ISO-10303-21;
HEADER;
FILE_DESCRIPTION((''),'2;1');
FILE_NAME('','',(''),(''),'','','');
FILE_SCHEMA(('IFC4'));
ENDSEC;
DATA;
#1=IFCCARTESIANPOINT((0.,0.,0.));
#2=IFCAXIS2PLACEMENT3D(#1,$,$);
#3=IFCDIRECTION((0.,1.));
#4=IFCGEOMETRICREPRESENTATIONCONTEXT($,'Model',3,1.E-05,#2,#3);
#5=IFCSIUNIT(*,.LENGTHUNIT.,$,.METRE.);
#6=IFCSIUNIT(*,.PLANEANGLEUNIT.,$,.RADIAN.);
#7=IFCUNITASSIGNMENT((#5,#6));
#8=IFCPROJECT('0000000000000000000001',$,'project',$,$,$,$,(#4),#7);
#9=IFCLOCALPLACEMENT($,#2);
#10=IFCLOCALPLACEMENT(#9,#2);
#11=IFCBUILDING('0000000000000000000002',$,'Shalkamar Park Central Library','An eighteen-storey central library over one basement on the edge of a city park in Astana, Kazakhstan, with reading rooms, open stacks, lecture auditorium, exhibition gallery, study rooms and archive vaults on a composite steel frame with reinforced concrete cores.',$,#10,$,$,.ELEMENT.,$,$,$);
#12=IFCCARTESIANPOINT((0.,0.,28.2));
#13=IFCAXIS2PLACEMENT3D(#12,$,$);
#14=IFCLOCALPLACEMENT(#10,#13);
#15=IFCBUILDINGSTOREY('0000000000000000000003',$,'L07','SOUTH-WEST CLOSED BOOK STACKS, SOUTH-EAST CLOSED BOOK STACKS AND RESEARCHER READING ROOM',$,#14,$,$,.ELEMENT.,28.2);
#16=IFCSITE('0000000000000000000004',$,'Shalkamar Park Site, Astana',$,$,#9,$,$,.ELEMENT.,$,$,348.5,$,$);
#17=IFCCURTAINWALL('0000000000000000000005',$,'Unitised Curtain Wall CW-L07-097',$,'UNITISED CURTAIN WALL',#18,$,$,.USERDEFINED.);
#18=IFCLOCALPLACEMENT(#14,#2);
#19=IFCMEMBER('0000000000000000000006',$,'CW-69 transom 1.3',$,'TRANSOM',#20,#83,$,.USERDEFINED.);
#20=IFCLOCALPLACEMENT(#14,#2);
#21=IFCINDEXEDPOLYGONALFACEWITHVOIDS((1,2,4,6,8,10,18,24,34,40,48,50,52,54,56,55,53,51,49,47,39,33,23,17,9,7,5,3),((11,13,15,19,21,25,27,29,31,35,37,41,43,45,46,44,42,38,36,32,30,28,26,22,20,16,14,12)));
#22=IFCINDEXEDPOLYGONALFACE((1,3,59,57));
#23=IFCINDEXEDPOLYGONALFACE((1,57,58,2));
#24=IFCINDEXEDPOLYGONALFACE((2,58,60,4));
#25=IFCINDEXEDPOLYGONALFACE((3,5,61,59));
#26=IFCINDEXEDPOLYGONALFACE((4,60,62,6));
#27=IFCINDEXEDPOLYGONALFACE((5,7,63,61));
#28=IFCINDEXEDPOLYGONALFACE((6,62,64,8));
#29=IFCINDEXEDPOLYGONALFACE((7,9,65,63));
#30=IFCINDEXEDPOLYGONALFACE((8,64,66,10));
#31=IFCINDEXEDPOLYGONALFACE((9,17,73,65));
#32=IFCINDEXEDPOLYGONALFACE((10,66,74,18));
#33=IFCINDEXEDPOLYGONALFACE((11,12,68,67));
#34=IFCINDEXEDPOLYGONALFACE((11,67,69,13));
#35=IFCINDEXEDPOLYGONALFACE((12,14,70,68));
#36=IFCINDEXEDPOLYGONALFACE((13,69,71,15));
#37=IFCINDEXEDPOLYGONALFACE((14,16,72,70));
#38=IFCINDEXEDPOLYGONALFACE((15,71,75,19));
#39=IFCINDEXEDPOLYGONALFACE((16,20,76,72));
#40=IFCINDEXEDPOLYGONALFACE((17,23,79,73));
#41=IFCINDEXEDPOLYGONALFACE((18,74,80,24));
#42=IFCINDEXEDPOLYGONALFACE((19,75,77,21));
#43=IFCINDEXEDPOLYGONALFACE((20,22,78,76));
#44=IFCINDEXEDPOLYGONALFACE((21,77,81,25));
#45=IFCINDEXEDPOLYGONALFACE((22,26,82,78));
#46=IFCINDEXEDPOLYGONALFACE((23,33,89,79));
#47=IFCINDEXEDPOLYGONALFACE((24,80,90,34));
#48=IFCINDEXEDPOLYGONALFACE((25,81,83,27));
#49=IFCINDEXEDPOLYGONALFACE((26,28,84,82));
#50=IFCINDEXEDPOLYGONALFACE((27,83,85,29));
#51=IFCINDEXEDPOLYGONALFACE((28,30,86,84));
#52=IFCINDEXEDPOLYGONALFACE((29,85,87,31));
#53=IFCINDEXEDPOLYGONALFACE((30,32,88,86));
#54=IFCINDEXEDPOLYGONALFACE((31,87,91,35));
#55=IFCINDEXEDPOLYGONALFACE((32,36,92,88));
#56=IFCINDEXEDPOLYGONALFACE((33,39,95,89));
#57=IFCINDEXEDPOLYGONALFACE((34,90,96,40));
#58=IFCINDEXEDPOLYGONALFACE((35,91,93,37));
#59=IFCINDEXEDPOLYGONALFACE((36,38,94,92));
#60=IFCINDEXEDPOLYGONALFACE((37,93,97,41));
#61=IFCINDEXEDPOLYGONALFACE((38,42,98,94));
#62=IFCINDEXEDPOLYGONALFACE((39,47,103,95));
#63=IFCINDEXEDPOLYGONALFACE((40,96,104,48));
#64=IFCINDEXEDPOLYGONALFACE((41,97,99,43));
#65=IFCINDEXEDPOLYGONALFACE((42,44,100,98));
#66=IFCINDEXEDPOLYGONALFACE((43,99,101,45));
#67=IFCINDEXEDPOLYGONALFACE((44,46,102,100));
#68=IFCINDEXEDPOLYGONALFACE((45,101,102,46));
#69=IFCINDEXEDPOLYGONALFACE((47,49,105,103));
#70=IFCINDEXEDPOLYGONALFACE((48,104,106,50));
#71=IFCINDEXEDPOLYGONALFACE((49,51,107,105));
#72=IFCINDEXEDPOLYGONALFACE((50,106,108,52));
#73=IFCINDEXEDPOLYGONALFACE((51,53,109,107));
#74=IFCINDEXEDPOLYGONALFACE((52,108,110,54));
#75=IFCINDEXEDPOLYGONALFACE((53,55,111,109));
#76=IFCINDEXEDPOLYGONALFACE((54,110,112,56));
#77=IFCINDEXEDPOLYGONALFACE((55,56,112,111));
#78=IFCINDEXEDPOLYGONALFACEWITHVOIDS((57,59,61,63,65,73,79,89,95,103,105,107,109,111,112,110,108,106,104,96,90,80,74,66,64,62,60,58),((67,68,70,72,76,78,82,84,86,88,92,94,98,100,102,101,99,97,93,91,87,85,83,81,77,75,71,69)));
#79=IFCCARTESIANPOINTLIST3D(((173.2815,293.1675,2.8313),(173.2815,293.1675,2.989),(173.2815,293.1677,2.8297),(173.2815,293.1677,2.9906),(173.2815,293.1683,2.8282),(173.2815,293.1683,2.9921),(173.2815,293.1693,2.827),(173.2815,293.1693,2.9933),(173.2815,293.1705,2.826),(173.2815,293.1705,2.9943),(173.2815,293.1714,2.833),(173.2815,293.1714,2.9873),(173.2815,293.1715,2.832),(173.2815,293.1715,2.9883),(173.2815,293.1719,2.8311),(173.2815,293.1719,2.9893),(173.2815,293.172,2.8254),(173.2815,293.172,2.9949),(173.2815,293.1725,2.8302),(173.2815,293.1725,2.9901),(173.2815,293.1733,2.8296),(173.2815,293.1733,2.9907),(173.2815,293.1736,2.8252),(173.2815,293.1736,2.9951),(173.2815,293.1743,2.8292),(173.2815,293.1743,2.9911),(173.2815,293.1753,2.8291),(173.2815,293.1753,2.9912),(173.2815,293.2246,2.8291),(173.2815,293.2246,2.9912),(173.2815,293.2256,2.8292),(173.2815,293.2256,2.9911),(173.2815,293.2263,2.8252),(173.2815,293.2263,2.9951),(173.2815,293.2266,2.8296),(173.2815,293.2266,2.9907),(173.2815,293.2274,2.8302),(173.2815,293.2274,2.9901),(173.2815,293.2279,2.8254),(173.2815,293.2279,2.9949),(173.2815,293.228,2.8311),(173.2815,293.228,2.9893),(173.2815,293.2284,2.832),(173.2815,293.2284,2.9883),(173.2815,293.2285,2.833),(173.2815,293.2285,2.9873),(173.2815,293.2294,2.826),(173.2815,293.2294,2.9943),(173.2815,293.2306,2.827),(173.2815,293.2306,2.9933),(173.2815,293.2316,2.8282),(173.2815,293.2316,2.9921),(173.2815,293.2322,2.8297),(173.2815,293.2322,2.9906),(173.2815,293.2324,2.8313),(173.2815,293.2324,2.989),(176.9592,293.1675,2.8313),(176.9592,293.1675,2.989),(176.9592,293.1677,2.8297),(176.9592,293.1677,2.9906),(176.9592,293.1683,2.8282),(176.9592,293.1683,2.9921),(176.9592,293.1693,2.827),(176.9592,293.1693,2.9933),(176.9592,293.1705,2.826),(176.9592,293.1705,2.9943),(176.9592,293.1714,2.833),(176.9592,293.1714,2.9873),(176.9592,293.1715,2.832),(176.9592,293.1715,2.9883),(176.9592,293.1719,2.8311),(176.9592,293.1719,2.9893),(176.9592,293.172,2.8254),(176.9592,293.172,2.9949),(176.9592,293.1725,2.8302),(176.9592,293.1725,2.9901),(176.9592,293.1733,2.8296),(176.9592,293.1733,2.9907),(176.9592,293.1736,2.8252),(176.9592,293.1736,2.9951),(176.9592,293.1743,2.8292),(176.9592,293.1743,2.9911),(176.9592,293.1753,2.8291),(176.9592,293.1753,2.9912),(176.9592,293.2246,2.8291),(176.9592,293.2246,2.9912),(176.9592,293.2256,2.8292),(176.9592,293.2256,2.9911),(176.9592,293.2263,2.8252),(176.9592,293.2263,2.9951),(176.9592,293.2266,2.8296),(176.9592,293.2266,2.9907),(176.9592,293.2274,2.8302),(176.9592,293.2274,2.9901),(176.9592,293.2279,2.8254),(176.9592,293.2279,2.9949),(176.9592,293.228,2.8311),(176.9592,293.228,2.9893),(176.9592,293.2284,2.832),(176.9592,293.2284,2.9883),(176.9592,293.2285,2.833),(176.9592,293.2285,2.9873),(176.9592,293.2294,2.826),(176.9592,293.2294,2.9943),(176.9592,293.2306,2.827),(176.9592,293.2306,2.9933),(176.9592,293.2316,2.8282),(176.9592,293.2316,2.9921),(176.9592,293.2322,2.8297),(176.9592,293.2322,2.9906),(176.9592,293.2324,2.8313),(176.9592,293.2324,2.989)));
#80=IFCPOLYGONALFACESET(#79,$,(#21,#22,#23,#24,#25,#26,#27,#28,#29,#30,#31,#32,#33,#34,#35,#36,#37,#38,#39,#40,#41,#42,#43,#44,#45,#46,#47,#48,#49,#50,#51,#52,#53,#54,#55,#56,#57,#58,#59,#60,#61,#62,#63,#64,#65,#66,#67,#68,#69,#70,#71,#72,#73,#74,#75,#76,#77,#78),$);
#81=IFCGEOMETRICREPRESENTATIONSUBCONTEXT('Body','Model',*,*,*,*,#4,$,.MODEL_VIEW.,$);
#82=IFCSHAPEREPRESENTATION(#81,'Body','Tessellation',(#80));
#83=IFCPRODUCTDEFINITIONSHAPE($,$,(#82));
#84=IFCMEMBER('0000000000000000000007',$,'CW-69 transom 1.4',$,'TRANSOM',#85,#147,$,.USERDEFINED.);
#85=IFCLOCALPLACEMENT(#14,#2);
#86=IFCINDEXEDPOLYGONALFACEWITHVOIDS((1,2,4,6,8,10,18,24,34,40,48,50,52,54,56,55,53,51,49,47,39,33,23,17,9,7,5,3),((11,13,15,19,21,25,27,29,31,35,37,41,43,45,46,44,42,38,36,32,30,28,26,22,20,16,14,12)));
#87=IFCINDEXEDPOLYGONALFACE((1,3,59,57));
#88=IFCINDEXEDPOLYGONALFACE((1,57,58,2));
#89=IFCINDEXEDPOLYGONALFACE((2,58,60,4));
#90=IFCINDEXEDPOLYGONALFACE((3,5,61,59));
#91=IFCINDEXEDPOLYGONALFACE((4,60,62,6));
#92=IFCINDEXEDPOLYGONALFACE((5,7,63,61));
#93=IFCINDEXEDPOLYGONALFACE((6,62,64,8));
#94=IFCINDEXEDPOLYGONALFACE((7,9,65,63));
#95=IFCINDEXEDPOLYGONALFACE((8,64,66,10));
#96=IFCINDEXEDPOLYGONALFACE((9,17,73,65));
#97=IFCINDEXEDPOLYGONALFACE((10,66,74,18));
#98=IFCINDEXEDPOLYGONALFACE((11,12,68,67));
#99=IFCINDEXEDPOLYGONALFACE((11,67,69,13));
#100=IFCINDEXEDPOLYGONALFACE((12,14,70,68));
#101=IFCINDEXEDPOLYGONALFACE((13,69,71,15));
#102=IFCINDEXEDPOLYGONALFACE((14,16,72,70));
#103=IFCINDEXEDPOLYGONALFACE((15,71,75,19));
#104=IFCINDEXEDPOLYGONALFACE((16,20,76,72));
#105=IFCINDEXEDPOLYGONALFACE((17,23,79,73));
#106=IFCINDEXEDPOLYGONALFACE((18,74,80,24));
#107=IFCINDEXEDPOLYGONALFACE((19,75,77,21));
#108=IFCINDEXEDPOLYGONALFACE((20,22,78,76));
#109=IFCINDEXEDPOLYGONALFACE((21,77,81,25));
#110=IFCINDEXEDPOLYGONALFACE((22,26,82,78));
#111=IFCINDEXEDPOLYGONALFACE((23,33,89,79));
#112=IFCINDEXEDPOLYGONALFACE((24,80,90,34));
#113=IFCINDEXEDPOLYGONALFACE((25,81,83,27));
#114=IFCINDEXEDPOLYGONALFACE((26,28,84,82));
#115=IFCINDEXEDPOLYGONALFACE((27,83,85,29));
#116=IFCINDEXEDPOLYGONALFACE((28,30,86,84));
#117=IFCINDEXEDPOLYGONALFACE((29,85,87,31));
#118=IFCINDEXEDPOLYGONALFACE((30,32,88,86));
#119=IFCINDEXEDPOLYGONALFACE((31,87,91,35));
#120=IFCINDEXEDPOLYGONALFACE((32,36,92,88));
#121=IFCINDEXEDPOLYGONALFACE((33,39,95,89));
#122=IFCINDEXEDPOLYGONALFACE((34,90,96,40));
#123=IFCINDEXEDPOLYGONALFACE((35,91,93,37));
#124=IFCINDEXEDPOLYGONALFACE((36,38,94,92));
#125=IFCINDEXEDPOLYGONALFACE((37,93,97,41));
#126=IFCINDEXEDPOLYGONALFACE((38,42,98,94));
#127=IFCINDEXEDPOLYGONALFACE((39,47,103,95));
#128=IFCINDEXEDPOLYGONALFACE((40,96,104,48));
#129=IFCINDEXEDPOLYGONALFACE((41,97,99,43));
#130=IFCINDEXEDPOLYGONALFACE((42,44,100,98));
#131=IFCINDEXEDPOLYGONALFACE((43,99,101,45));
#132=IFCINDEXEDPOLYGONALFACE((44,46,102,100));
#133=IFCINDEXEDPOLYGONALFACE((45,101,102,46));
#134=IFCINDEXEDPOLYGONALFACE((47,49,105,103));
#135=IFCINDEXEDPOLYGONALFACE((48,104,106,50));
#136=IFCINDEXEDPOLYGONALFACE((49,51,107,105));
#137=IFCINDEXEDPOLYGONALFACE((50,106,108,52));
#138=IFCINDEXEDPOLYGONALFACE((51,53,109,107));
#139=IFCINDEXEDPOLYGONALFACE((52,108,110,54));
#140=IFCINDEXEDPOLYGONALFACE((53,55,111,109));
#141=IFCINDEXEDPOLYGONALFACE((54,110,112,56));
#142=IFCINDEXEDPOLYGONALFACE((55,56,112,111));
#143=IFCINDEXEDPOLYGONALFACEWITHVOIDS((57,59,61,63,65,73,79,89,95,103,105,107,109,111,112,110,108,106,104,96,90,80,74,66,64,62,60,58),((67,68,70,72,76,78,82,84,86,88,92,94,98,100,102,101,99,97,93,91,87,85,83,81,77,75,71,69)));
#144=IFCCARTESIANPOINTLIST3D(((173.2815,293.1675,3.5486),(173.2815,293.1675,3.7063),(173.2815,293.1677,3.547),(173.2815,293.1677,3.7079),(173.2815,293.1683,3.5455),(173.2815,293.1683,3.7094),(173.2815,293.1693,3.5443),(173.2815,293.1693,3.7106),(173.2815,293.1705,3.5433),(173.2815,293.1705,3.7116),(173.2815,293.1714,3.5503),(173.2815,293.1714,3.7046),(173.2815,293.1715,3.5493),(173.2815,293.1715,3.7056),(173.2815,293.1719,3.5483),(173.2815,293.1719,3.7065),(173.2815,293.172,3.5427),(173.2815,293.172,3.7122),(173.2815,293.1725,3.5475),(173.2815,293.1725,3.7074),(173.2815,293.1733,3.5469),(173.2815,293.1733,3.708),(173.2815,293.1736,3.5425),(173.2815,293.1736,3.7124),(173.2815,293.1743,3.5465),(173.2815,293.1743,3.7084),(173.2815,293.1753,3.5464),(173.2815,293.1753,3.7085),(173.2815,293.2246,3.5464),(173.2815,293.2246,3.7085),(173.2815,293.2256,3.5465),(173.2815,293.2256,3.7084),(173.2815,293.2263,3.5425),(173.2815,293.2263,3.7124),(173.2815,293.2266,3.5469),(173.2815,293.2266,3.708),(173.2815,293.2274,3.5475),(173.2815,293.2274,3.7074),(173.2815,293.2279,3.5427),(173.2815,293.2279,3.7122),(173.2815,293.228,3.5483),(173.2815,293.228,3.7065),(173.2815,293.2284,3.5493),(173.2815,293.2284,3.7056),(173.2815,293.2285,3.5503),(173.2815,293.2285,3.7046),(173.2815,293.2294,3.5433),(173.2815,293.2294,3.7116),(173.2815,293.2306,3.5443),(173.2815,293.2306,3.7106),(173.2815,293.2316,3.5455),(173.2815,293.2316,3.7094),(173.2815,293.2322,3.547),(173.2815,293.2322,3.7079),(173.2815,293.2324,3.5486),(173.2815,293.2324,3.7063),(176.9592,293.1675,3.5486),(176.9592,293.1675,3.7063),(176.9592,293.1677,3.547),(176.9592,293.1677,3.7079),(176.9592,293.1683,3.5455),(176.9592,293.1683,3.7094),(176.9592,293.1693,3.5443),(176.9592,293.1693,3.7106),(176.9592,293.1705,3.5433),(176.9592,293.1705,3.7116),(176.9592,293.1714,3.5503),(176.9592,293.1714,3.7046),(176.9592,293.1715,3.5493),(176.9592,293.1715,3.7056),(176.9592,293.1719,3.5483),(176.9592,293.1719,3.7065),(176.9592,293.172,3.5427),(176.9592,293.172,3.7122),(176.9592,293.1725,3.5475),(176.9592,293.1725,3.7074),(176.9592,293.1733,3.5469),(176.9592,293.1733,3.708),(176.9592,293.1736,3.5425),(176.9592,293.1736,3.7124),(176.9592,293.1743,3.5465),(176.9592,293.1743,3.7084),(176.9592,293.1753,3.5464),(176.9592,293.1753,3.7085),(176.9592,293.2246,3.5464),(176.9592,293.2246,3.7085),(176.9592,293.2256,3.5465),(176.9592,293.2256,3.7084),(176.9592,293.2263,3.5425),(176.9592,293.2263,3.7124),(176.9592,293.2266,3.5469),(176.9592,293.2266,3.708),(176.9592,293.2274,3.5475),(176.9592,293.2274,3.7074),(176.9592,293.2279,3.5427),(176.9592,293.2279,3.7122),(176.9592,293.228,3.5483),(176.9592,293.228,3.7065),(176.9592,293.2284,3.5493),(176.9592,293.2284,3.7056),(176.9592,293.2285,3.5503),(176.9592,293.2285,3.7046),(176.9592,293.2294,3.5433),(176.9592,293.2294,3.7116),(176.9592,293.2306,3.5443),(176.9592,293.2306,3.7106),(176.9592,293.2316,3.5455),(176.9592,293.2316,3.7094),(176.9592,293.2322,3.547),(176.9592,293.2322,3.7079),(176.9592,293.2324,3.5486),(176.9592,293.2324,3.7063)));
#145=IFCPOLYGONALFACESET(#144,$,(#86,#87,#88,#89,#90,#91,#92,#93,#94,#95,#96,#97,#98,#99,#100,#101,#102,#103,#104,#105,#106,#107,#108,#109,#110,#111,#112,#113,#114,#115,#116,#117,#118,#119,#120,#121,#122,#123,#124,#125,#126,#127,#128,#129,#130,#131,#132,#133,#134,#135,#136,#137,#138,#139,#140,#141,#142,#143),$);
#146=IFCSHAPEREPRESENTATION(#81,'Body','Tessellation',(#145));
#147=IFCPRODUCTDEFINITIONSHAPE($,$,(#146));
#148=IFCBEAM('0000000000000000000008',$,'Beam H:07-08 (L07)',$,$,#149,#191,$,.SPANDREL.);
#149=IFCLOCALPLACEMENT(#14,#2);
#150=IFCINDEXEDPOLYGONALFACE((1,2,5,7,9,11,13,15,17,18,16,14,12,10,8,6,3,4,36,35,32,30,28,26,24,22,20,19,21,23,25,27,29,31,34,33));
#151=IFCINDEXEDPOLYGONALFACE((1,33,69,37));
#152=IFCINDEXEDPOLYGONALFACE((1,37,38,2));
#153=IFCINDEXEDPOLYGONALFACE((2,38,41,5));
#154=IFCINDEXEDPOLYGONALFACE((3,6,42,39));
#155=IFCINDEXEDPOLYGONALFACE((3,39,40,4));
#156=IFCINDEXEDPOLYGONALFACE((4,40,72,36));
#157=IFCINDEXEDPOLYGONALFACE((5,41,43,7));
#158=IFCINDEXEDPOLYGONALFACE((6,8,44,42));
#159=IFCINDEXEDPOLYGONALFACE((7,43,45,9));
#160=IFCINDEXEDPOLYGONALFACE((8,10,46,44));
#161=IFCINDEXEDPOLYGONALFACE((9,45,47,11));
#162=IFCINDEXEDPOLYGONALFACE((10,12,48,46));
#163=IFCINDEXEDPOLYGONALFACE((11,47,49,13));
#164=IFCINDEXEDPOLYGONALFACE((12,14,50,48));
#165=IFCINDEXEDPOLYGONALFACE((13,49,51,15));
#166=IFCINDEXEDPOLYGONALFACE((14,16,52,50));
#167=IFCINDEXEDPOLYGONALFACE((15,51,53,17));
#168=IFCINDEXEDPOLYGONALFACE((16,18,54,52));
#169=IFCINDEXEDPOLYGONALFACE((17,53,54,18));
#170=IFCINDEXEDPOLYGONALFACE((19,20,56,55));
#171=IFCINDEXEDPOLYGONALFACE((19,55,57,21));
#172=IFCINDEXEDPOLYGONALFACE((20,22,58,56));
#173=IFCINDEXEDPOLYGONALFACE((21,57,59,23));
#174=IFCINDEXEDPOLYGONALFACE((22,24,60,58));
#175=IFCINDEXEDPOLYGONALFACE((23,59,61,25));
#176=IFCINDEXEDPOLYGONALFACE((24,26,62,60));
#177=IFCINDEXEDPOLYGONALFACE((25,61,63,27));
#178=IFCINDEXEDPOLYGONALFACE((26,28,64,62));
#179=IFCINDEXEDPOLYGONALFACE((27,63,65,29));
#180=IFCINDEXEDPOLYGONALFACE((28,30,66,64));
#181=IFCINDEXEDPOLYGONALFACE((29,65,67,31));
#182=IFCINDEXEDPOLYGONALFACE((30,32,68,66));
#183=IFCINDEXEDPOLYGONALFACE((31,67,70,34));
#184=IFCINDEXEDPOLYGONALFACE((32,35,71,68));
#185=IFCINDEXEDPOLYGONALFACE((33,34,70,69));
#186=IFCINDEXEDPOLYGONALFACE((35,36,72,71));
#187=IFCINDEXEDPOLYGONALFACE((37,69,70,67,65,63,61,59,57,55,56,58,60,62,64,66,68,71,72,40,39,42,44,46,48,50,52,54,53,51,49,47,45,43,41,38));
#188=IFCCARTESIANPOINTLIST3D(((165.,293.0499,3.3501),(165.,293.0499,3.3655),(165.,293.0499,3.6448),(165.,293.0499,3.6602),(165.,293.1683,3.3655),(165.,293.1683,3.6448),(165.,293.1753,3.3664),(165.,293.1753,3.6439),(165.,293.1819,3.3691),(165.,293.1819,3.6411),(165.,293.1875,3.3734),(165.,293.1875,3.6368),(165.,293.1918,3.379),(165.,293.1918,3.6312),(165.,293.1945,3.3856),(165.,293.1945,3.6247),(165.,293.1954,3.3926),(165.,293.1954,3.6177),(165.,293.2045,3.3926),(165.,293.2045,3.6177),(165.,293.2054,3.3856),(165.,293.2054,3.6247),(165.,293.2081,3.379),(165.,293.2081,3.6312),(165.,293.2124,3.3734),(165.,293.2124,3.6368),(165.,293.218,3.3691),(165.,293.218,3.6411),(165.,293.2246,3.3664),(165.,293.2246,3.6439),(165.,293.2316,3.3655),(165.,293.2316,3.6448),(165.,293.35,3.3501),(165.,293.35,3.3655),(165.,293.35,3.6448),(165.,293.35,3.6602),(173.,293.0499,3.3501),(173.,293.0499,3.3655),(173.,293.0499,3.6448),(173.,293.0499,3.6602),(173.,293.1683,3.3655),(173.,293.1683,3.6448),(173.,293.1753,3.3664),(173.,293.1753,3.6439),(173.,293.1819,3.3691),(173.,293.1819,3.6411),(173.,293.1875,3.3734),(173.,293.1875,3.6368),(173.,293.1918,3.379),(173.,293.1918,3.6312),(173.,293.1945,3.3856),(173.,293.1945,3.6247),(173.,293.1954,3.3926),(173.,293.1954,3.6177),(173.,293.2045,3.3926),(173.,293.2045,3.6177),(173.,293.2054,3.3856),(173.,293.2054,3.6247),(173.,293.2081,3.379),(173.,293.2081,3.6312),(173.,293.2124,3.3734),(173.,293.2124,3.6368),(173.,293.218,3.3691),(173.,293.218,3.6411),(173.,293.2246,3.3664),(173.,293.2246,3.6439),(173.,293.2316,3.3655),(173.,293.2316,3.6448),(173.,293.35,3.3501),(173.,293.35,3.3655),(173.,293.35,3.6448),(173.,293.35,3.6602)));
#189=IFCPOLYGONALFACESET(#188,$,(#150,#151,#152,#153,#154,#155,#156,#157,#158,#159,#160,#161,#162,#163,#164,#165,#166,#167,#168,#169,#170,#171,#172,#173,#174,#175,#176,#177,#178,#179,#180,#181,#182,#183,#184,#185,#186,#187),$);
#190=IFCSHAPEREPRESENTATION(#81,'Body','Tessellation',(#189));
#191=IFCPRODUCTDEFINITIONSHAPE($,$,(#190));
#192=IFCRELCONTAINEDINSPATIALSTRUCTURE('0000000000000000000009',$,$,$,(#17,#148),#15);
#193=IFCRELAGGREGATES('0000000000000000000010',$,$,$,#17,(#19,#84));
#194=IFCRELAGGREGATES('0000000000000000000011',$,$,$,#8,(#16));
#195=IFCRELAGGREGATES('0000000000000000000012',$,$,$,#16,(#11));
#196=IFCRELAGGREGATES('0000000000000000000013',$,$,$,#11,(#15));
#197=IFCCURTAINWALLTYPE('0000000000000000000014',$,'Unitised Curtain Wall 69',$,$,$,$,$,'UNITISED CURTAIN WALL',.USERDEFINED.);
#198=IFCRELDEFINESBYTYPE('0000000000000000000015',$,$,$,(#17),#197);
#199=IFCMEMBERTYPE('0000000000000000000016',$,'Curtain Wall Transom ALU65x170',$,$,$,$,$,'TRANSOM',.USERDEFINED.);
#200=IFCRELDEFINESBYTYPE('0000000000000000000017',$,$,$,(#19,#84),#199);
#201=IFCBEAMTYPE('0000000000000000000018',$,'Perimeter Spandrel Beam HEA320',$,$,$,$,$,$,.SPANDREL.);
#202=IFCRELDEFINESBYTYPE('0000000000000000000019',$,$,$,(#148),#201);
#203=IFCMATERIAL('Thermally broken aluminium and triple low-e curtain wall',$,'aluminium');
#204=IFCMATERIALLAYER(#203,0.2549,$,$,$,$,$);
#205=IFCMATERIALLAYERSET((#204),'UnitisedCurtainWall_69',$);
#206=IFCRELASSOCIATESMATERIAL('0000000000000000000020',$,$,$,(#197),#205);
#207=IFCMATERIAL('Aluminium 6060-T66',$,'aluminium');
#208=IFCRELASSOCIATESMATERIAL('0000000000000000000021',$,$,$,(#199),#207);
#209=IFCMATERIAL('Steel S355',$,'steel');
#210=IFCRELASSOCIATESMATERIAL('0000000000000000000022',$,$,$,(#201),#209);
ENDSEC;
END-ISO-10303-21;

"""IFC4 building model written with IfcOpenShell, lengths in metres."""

from ifc_helpers import new_model, si_unit, direction, frame, origin, origin_2d, place, context, subcontext, project, spatial, hollow_rectangle, i_section, extrude, material, layer, layer_set, material_profile, profile_set, type_object, element, aggregate, save


model = new_model("IFC4")

# Units and contexts
model_context = context("Model", 3, precision=1e-05, world=origin(), true_north=direction((0.0, 1.0)))
body_context = subcontext(model_context, "Body", "Model", "MODEL_VIEW")
ifc_project = project(units=[si_unit("LENGTHUNIT", "METRE"), si_unit("PLANEANGLEUNIT", "RADIAN")], contexts=[model_context])

# Site, building, storey
site_placement = place(None, origin())
site = spatial("IfcSite", under=ifc_project, at=site_placement, Name="Shalkamar Park Site, Astana", CompositionType="ELEMENT", RefElevation=348.5)
building_placement = place(site_placement, origin())
building = spatial("IfcBuilding", under=site, at=building_placement, Name="Shalkamar Park Central Library", Description="An eighteen-storey central library over one basement on the edge of a city park in Astana, Kazakhstan, with reading rooms, open stacks, lecture auditorium, exhibition gallery, study rooms and archive vaults on a composite steel frame with reinforced concrete cores.", CompositionType="ELEMENT")
storey_placement = place(building_placement, frame((0.0, 0.0, 28.2)))
storey = spatial("IfcBuildingStorey", under=building, at=storey_placement, Name="L07", Description="SOUTH-WEST CLOSED BOOK STACKS, SOUTH-EAST CLOSED BOOK STACKS AND RESEARCHER READING ROOM", CompositionType="ELEMENT", Elevation=28.2)

# Shared definitions
ifc_material_1 = material(Name="Steel S355", Category="steel")

# Shared definitions
ifc_material_2 = material(Name="Thermally broken aluminium and triple low-e curtain wall", Category="aluminium")
ifc_material_3 = material(Name="Aluminium 6060-T66", Category="aluminium")

# Curtain wall
ifc_layer_1 = layer(ifc_material_2, 0.2549)
ifc_layer_set_1 = layer_set([ifc_layer_1], Name="UnitisedCurtainWall_69")
curtain_wall_type_1 = type_object("IfcCurtainWallType", Name="Unitised Curtain Wall 69", ElementType="UNITISED CURTAIN WALL", PredefinedType="USERDEFINED", material=ifc_layer_set_1)
curtain_wall_1_placement = place(storey_placement, origin())
curtain_wall_1 = element("IfcCurtainWall", 1, at=curtain_wall_1_placement, inside=storey, type_object=curtain_wall_type_1, Name="Unitised Curtain Wall CW-L07-097", ObjectType="UNITISED CURTAIN WALL", PredefinedType="USERDEFINED")

# Members
ifc_material_profile_1 = material_profile(ifc_material_3, hollow_rectangle(XDim=0.0649, YDim=0.1699, WallThickness=0.0039, InnerFilletRadius=0.0039, OuterFilletRadius=0.0061, at=origin_2d()), Name="ALU 65x170x4")
ifc_profile_set_1 = profile_set([ifc_material_profile_1], Name="Aluminium 6060-T66")
member_type_1 = type_object("IfcMemberType", Name="Curtain Wall Transom ALU65x170", ElementType="TRANSOM", PredefinedType="USERDEFINED", material=ifc_profile_set_1)
member_1_placement = place(storey_placement, frame((173.2815, 293.2, 2.9102), z_axis=(1.0, 0.0, 0.0), x_axis=(0.0, 1.0, 0.0)))
member_1 = element("IfcMember", 2, at=member_1_placement, type_object=member_type_1, Name="CW-69 transom 1.3", ObjectType="TRANSOM", PredefinedType="USERDEFINED", context=body_context, shape_type="SweptSolid", body=[
    extrude(hollow_rectangle(XDim=0.0649, YDim=0.1699, WallThickness=0.0039, InnerFilletRadius=0.0039, OuterFilletRadius=0.0061, at=origin_2d()), origin(), (0.0, 0.0, 1.0), 3.6777),
])
member_2_placement = place(storey_placement, frame((173.2815, 293.2, 3.6274), z_axis=(1.0, 0.0, 0.0), x_axis=(0.0, 1.0, 0.0)))
member_2 = element("IfcMember", 3, at=member_2_placement, type_object=member_type_1, Name="CW-69 transom 1.4", ObjectType="TRANSOM", PredefinedType="USERDEFINED", context=body_context, shape_type="SweptSolid", body=[
    extrude(hollow_rectangle(XDim=0.0649, YDim=0.1699, WallThickness=0.0039, InnerFilletRadius=0.0039, OuterFilletRadius=0.0061, at=origin_2d()), origin(), (0.0, 0.0, 1.0), 3.6777),
])
aggregate(curtain_wall_1, [member_1, member_2])

# Beam
ifc_material_profile_2 = material_profile(ifc_material_1, i_section(OverallWidth=0.3, OverallDepth=0.3101, WebThickness=0.009, FlangeThickness=0.0154, FilletRadius=0.0271, at=origin_2d()), Name="HEA 320")
ifc_profile_set_2 = profile_set([ifc_material_profile_2], Name="Steel S355")
beam_type = type_object("IfcBeamType", Name="Perimeter Spandrel Beam HEA320", PredefinedType="SPANDREL", material=ifc_profile_set_2)
for number, where, z_axis, x_axis, name in (
    (4, (165.0, 293.2, 3.5051), (1.0, 0.0, 0.0), (0.0, 1.0, 0.0), "Beam H:07-08 (L07)"),
):
    element("IfcBeam", number, at=place(storey_placement, frame(where, z_axis=z_axis, x_axis=x_axis)), inside=storey, type_object=beam_type, Name=name, PredefinedType="SPANDREL", context=body_context, shape_type="SweptSolid", body=[
        extrude(i_section(OverallWidth=0.3, OverallDepth=0.3101, WebThickness=0.009, FlangeThickness=0.0154, FilletRadius=0.0271, at=origin_2d()), origin(), (0.0, 0.0, 1.0), 8.0),
    ])

save(model, "model.ifc")
